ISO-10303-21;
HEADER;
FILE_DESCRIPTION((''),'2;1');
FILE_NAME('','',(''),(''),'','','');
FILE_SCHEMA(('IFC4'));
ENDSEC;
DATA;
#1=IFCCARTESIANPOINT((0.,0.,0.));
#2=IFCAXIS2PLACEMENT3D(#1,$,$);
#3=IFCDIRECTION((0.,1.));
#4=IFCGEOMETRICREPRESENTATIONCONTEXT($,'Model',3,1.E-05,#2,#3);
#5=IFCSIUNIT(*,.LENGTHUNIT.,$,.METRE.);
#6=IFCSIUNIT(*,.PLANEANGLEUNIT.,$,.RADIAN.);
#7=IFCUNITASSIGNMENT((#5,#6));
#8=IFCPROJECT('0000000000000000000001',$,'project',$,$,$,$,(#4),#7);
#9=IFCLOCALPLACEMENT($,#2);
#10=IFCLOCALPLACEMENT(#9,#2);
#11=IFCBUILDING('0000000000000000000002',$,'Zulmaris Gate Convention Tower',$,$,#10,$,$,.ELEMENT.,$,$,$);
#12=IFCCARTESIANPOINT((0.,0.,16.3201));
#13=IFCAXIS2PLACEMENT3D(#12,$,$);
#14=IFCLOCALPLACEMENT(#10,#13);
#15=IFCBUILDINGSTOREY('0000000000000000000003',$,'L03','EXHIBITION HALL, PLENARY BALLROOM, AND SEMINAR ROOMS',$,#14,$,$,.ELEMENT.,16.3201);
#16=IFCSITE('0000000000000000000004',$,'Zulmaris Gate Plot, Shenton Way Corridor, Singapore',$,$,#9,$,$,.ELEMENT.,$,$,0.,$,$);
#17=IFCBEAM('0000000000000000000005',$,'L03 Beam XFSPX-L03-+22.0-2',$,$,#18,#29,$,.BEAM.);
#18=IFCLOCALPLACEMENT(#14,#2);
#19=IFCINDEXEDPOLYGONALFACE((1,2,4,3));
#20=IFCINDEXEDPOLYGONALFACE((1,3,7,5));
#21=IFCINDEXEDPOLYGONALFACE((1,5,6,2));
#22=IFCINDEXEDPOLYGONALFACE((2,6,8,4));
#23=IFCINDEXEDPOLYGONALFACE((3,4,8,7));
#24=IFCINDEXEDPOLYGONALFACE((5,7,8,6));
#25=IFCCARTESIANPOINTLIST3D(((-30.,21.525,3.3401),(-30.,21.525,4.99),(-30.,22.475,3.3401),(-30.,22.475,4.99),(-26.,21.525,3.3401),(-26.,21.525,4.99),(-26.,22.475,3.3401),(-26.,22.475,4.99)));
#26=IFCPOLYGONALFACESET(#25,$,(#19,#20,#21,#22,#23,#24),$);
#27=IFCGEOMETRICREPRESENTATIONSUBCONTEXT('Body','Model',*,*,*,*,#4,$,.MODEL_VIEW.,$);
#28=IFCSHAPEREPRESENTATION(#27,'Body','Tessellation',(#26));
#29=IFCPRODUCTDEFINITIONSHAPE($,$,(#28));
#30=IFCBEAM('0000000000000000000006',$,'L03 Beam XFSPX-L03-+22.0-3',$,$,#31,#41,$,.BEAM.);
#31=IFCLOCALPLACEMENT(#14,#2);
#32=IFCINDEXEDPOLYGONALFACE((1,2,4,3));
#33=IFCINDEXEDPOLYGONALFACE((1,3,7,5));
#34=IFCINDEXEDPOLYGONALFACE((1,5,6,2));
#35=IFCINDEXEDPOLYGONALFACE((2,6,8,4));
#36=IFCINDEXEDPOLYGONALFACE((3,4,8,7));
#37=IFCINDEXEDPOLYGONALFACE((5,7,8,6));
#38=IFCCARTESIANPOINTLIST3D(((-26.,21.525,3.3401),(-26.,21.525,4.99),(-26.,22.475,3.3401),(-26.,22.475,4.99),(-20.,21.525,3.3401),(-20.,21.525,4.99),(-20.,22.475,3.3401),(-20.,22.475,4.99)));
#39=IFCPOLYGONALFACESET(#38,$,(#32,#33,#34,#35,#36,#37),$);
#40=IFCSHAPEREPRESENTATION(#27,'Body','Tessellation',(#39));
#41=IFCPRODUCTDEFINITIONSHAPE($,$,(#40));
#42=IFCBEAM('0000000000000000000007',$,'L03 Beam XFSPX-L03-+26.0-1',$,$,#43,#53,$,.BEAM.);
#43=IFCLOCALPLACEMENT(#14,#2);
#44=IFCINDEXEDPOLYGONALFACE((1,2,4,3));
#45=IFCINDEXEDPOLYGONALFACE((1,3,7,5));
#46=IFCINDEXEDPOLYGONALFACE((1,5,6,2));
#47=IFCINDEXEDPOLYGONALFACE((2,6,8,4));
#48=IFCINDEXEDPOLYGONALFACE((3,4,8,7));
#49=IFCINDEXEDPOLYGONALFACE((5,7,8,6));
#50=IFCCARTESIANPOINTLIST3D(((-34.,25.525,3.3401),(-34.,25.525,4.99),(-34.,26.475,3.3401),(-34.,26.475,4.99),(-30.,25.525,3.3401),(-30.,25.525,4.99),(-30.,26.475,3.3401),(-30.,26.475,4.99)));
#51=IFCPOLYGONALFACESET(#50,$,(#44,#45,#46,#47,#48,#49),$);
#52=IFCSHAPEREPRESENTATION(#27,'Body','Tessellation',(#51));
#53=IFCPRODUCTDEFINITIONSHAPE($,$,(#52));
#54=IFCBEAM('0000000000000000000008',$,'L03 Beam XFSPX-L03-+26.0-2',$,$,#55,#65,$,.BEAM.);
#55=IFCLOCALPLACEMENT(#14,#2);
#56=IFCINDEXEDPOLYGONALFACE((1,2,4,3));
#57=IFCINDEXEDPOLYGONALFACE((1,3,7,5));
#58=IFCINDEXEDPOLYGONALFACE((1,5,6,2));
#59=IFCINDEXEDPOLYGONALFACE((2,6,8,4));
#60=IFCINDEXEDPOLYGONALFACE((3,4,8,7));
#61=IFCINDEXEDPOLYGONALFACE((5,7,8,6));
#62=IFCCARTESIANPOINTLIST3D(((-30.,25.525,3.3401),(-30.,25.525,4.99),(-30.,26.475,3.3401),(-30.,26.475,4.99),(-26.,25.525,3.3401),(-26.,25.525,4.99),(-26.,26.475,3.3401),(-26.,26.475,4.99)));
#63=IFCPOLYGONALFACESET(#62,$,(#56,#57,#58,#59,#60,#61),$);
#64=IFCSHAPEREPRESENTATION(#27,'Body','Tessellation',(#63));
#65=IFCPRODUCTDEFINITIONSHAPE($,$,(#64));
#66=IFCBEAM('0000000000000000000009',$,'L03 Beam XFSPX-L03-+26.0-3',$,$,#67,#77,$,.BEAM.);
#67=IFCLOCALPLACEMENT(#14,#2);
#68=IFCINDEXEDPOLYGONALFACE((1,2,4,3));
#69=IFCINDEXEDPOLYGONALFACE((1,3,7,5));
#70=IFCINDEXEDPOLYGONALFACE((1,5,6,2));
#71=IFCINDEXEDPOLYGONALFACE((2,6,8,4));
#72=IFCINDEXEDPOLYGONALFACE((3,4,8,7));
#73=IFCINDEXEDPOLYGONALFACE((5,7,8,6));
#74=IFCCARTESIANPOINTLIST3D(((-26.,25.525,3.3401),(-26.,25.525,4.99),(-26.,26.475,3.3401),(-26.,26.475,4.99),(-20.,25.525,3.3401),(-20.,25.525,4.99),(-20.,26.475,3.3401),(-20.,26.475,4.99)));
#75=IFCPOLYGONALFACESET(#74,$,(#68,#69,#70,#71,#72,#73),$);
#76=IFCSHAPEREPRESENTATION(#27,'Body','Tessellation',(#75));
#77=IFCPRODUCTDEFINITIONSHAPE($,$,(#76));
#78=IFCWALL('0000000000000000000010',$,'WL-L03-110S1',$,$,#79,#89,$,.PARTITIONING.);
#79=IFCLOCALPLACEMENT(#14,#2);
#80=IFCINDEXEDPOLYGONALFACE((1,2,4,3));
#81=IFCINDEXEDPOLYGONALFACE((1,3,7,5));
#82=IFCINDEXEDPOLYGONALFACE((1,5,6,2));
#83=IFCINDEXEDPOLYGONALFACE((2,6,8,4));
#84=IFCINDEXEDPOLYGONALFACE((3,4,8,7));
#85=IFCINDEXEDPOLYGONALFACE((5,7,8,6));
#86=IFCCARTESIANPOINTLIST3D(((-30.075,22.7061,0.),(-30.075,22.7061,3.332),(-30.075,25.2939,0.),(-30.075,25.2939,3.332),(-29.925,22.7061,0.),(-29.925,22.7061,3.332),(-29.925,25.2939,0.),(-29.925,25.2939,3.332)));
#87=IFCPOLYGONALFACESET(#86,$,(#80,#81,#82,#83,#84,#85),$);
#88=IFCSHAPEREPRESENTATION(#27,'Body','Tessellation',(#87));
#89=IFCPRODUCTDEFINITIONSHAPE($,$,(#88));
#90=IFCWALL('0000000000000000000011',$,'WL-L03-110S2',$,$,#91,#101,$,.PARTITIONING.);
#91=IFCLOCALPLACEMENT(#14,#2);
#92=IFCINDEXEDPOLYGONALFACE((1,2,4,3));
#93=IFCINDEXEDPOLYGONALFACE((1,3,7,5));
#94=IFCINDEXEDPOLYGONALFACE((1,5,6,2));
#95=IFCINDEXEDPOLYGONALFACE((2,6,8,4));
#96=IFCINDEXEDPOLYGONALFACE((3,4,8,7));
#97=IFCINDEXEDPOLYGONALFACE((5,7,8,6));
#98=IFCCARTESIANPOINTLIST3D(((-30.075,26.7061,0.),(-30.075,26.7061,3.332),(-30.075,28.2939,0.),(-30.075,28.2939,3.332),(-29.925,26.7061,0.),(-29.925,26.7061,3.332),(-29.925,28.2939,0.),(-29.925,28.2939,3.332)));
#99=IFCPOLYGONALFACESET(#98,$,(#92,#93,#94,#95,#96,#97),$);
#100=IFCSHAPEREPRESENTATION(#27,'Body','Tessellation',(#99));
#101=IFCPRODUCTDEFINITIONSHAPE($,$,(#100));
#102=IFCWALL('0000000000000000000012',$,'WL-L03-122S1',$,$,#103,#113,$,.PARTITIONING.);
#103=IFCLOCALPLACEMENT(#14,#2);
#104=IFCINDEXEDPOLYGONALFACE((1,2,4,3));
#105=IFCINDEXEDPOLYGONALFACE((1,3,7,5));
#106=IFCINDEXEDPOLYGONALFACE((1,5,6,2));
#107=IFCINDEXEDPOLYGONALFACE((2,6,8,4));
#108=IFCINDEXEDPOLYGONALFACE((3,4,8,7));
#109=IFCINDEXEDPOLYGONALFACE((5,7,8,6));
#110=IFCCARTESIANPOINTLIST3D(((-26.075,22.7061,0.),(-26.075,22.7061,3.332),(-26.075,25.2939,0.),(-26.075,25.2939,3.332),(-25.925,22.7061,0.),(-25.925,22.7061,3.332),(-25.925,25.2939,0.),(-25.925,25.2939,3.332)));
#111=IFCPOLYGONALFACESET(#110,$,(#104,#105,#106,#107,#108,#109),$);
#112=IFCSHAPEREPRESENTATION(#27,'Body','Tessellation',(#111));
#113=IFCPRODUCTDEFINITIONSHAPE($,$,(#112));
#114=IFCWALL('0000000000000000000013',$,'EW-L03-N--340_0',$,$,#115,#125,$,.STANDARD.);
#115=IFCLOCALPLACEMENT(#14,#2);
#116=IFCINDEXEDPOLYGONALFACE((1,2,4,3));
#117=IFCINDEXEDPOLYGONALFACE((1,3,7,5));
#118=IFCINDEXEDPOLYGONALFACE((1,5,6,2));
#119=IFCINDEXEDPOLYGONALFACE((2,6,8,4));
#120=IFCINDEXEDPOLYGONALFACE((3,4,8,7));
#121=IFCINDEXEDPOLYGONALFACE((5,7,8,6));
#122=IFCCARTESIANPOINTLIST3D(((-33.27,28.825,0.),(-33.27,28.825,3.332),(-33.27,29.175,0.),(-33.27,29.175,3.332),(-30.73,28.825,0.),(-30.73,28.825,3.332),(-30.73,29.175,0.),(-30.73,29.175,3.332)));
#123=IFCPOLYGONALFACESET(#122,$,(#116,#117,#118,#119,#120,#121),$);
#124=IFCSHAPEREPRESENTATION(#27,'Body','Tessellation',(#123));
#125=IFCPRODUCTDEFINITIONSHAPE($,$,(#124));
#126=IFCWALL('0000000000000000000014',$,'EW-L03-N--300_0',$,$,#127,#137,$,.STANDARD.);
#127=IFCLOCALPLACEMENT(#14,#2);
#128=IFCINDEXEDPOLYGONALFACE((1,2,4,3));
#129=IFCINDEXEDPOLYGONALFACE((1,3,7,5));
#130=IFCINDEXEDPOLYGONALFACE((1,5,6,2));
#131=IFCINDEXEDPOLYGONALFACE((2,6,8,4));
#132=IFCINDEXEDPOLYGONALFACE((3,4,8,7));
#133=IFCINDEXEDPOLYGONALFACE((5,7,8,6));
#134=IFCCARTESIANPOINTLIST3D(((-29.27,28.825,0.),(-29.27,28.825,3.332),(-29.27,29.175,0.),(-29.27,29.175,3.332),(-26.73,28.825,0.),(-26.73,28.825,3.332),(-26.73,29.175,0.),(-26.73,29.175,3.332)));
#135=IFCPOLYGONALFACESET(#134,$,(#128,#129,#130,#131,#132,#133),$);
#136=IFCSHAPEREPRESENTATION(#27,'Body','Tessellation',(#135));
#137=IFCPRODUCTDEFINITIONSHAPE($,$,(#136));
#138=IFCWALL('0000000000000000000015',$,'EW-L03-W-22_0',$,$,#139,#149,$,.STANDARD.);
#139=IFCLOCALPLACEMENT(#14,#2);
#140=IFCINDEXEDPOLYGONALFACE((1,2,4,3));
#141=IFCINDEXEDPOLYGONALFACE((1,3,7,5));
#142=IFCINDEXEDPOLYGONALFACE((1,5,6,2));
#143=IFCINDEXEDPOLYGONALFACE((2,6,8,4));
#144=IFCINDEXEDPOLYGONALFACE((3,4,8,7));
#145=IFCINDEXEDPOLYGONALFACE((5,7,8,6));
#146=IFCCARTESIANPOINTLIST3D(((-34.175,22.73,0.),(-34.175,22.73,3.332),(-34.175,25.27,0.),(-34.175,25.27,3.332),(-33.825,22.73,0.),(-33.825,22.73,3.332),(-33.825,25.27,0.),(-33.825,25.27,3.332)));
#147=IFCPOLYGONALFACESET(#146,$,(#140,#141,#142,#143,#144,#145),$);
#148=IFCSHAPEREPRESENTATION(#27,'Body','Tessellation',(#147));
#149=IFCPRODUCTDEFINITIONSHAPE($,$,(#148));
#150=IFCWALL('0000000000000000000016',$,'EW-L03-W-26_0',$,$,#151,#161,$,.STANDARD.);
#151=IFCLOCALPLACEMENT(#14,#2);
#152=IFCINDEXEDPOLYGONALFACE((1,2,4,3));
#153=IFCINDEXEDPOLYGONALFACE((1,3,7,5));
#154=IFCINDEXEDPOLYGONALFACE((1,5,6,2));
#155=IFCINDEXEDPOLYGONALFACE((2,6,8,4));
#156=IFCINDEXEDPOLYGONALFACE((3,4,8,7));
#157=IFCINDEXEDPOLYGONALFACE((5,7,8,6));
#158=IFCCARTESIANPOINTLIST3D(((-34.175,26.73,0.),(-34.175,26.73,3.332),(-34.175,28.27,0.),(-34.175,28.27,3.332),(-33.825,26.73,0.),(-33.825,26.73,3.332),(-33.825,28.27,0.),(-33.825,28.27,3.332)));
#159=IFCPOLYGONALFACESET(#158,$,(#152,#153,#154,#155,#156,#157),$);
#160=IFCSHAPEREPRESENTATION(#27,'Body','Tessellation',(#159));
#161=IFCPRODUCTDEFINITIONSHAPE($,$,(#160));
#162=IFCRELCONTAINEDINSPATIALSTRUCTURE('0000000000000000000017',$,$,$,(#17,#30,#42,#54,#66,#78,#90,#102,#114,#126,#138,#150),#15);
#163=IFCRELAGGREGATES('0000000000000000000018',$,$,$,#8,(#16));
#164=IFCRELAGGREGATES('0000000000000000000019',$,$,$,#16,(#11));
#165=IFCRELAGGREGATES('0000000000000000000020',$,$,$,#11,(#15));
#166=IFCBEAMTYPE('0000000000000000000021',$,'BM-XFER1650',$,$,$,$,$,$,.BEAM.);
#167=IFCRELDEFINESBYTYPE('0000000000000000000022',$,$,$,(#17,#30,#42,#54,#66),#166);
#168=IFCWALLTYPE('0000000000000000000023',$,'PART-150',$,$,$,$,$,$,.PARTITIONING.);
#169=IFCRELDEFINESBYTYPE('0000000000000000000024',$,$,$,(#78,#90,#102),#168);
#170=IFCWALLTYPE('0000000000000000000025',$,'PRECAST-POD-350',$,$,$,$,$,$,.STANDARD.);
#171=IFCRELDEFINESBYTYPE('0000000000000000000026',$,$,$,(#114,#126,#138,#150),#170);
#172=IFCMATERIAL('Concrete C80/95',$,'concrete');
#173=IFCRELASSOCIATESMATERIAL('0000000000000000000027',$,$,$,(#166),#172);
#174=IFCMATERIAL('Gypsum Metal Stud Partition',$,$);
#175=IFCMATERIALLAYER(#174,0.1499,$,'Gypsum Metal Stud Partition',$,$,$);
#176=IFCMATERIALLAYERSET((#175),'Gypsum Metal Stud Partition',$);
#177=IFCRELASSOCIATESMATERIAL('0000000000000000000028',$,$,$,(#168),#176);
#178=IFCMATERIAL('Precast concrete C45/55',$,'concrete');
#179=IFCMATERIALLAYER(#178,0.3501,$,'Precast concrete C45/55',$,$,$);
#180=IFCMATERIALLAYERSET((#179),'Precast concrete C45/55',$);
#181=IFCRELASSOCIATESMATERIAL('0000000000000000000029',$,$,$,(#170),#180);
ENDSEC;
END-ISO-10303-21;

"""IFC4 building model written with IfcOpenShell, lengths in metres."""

from ifc_helpers import new_model, si_unit, direction, frame, frame_2d, origin, origin_2d, place, context, subcontext, project, spatial, rectangle, extrude, material, layer, layer_set, material_profile, profile_set, type_object, element, save


model = new_model("IFC4")

# Units and contexts
model_context = context("Model", 3, precision=1e-05, world=origin(), true_north=direction((0.0, 1.0)))
body_context = subcontext(model_context, "Body", "Model", "MODEL_VIEW")
ifc_project = project(units=[si_unit("LENGTHUNIT", "METRE"), si_unit("PLANEANGLEUNIT", "RADIAN")], contexts=[model_context])

# Site, building, storey
site_placement = place(None, origin())
site = spatial("IfcSite", under=ifc_project, at=site_placement, Name="Zulmaris Gate Plot, Shenton Way Corridor, Singapore", CompositionType="ELEMENT", RefElevation=0.0)
building_placement = place(site_placement, origin())
building = spatial("IfcBuilding", under=site, at=building_placement, Name="Zulmaris Gate Convention Tower", CompositionType="ELEMENT")
storey_placement = place(building_placement, frame((0.0, 0.0, 16.3201)))
storey = spatial("IfcBuildingStorey", under=building, at=storey_placement, Name="L03", Description="EXHIBITION HALL, PLENARY BALLROOM, AND SEMINAR ROOMS", CompositionType="ELEMENT", Elevation=16.3201)

# Shared definitions
ifc_material_1 = material(Name="Concrete C80/95", Category="concrete")

# Beams
ifc_material_profile_1 = material_profile(ifc_material_1, rectangle(XDim=0.95, YDim=1.6499, at=origin_2d()), Name="RC TRANSFER 950x1650")
ifc_profile_set_1 = profile_set([ifc_material_profile_1], Name="Concrete C80/95")
beam_type = type_object("IfcBeamType", Name="BM-XFER1650", PredefinedType="BEAM", material=ifc_profile_set_1)
for number, where, z_axis, x_axis, name in (
    (1, (-30.0, 22.0, 4.165), (1.0, 0.0, 0.0), (0.0, 1.0, 0.0), "L03 Beam XFSPX-L03-+22.0-2"),
):
    element("IfcBeam", number, at=place(storey_placement, frame(where, z_axis=z_axis, x_axis=x_axis)), inside=storey, type_object=beam_type, Name=name, PredefinedType="BEAM", context=body_context, shape_type="SweptSolid", body=[
        extrude(rectangle(XDim=0.95, YDim=1.6499, at=origin_2d()), origin(), (0.0, 0.0, 1.0), 4.0),
    ])
beam_1_placement = place(storey_placement, frame((-26.0, 22.0, 4.165), z_axis=(1.0, 0.0, 0.0), x_axis=(0.0, 1.0, 0.0)))
element("IfcBeam", 2, at=beam_1_placement, inside=storey, type_object=beam_type, Name="L03 Beam XFSPX-L03-+22.0-3", PredefinedType="BEAM", context=body_context, shape_type="SweptSolid", body=[
    extrude(rectangle(XDim=0.95, YDim=1.6499, at=origin_2d()), origin(), (0.0, 0.0, 1.0), 6.0),
])
for number, where, z_axis, x_axis, name in (
    (3, (-34.0, 26.0, 4.165), (1.0, 0.0, 0.0), (0.0, 1.0, 0.0), "L03 Beam XFSPX-L03-+26.0-1"),
    (4, (-30.0, 26.0, 4.165), (1.0, 0.0, 0.0), (0.0, 1.0, 0.0), "L03 Beam XFSPX-L03-+26.0-2"),
):
    element("IfcBeam", number, at=place(storey_placement, frame(where, z_axis=z_axis, x_axis=x_axis)), inside=storey, type_object=beam_type, Name=name, PredefinedType="BEAM", context=body_context, shape_type="SweptSolid", body=[
        extrude(rectangle(XDim=0.95, YDim=1.6499, at=origin_2d()), origin(), (0.0, 0.0, 1.0), 4.0),
    ])
beam_2_placement = place(storey_placement, frame((-26.0, 26.0, 4.165), z_axis=(1.0, 0.0, 0.0), x_axis=(0.0, 1.0, 0.0)))
element("IfcBeam", 5, at=beam_2_placement, inside=storey, type_object=beam_type, Name="L03 Beam XFSPX-L03-+26.0-3", PredefinedType="BEAM", context=body_context, shape_type="SweptSolid", body=[
    extrude(rectangle(XDim=0.95, YDim=1.6499, at=origin_2d()), origin(), (0.0, 0.0, 1.0), 6.0),
])

# Walls
ifc_material_2 = material(Name="Gypsum Metal Stud Partition")
ifc_layer_1 = layer(ifc_material_2, 0.1499, Name="Gypsum Metal Stud Partition")
ifc_layer_set_1 = layer_set([ifc_layer_1], Name="Gypsum Metal Stud Partition")
wall_type_1 = type_object("IfcWallType", Name="PART-150", PredefinedType="PARTITIONING", material=ifc_layer_set_1)
wall_1_placement = place(storey_placement, frame((-30.0, 22.7061, 0.0), z_axis=(0.0, 0.0, 1.0), x_axis=(0.0, 1.0, 0.0)))
element("IfcWall", 6, at=wall_1_placement, inside=storey, type_object=wall_type_1, Name="WL-L03-110S1", PredefinedType="PARTITIONING", context=body_context, shape_type="SweptSolid", body=[
    extrude(rectangle(XDim=2.5879, YDim=0.1499, at=frame_2d((1.2939, 0.0))), origin(), (0.0, 0.0, 1.0), 3.332),
])
wall_2_placement = place(storey_placement, frame((-30.0, 26.7061, 0.0), z_axis=(0.0, 0.0, 1.0), x_axis=(0.0, 1.0, 0.0)))
element("IfcWall", 7, at=wall_2_placement, inside=storey, type_object=wall_type_1, Name="WL-L03-110S2", PredefinedType="PARTITIONING", context=body_context, shape_type="SweptSolid", body=[
    extrude(rectangle(XDim=1.5879, YDim=0.1499, at=frame_2d((0.7939, 0.0))), origin(), (0.0, 0.0, 1.0), 3.332),
])
wall_3_placement = place(storey_placement, frame((-26.0, 22.7061, 0.0), z_axis=(0.0, 0.0, 1.0), x_axis=(0.0, 1.0, 0.0)))
element("IfcWall", 8, at=wall_3_placement, inside=storey, type_object=wall_type_1, Name="WL-L03-122S1", PredefinedType="PARTITIONING", context=body_context, shape_type="SweptSolid", body=[
    extrude(rectangle(XDim=2.5879, YDim=0.1499, at=frame_2d((1.2939, 0.0))), origin(), (0.0, 0.0, 1.0), 3.332),
])
ifc_material_3 = material(Name="Precast concrete C45/55", Category="concrete")
ifc_layer_2 = layer(ifc_material_3, 0.3501, Name="Precast concrete C45/55")
ifc_layer_set_2 = layer_set([ifc_layer_2], Name="Precast concrete C45/55")
wall_type_2 = type_object("IfcWallType", Name="PRECAST-POD-350", PredefinedType="STANDARD", material=ifc_layer_set_2)
for number, where, z_axis, x_axis, name in (
    (9, (-30.73, 29.0, 0.0), (0.0, 0.0, 1.0), (-1.0, 0.0, 0.0), "EW-L03-N--340_0"),
    (10, (-26.73, 29.0, 0.0), (0.0, 0.0, 1.0), (-1.0, 0.0, 0.0), "EW-L03-N--300_0"),
    (11, (-34.0, 22.73, 0.0), (0.0, 0.0, 1.0), (0.0, 1.0, 0.0), "EW-L03-W-22_0"),
):
    element("IfcWall", number, at=place(storey_placement, frame(where, z_axis=z_axis, x_axis=x_axis)), inside=storey, type_object=wall_type_2, Name=name, PredefinedType="STANDARD", context=body_context, shape_type="SweptSolid", body=[
        extrude(rectangle(XDim=2.54, YDim=0.3501, at=frame_2d((1.27, 0.0))), origin(), (0.0, 0.0, 1.0), 3.332),
    ])
wall_4_placement = place(storey_placement, frame((-34.0, 26.73, 0.0), z_axis=(0.0, 0.0, 1.0), x_axis=(0.0, 1.0, 0.0)))
element("IfcWall", 12, at=wall_4_placement, inside=storey, type_object=wall_type_2, Name="EW-L03-W-26_0", PredefinedType="STANDARD", context=body_context, shape_type="SweptSolid", body=[
    extrude(rectangle(XDim=1.54, YDim=0.3501, at=frame_2d((0.77, 0.0))), origin(), (0.0, 0.0, 1.0), 3.332),
])

save(model, "model.ifc")
